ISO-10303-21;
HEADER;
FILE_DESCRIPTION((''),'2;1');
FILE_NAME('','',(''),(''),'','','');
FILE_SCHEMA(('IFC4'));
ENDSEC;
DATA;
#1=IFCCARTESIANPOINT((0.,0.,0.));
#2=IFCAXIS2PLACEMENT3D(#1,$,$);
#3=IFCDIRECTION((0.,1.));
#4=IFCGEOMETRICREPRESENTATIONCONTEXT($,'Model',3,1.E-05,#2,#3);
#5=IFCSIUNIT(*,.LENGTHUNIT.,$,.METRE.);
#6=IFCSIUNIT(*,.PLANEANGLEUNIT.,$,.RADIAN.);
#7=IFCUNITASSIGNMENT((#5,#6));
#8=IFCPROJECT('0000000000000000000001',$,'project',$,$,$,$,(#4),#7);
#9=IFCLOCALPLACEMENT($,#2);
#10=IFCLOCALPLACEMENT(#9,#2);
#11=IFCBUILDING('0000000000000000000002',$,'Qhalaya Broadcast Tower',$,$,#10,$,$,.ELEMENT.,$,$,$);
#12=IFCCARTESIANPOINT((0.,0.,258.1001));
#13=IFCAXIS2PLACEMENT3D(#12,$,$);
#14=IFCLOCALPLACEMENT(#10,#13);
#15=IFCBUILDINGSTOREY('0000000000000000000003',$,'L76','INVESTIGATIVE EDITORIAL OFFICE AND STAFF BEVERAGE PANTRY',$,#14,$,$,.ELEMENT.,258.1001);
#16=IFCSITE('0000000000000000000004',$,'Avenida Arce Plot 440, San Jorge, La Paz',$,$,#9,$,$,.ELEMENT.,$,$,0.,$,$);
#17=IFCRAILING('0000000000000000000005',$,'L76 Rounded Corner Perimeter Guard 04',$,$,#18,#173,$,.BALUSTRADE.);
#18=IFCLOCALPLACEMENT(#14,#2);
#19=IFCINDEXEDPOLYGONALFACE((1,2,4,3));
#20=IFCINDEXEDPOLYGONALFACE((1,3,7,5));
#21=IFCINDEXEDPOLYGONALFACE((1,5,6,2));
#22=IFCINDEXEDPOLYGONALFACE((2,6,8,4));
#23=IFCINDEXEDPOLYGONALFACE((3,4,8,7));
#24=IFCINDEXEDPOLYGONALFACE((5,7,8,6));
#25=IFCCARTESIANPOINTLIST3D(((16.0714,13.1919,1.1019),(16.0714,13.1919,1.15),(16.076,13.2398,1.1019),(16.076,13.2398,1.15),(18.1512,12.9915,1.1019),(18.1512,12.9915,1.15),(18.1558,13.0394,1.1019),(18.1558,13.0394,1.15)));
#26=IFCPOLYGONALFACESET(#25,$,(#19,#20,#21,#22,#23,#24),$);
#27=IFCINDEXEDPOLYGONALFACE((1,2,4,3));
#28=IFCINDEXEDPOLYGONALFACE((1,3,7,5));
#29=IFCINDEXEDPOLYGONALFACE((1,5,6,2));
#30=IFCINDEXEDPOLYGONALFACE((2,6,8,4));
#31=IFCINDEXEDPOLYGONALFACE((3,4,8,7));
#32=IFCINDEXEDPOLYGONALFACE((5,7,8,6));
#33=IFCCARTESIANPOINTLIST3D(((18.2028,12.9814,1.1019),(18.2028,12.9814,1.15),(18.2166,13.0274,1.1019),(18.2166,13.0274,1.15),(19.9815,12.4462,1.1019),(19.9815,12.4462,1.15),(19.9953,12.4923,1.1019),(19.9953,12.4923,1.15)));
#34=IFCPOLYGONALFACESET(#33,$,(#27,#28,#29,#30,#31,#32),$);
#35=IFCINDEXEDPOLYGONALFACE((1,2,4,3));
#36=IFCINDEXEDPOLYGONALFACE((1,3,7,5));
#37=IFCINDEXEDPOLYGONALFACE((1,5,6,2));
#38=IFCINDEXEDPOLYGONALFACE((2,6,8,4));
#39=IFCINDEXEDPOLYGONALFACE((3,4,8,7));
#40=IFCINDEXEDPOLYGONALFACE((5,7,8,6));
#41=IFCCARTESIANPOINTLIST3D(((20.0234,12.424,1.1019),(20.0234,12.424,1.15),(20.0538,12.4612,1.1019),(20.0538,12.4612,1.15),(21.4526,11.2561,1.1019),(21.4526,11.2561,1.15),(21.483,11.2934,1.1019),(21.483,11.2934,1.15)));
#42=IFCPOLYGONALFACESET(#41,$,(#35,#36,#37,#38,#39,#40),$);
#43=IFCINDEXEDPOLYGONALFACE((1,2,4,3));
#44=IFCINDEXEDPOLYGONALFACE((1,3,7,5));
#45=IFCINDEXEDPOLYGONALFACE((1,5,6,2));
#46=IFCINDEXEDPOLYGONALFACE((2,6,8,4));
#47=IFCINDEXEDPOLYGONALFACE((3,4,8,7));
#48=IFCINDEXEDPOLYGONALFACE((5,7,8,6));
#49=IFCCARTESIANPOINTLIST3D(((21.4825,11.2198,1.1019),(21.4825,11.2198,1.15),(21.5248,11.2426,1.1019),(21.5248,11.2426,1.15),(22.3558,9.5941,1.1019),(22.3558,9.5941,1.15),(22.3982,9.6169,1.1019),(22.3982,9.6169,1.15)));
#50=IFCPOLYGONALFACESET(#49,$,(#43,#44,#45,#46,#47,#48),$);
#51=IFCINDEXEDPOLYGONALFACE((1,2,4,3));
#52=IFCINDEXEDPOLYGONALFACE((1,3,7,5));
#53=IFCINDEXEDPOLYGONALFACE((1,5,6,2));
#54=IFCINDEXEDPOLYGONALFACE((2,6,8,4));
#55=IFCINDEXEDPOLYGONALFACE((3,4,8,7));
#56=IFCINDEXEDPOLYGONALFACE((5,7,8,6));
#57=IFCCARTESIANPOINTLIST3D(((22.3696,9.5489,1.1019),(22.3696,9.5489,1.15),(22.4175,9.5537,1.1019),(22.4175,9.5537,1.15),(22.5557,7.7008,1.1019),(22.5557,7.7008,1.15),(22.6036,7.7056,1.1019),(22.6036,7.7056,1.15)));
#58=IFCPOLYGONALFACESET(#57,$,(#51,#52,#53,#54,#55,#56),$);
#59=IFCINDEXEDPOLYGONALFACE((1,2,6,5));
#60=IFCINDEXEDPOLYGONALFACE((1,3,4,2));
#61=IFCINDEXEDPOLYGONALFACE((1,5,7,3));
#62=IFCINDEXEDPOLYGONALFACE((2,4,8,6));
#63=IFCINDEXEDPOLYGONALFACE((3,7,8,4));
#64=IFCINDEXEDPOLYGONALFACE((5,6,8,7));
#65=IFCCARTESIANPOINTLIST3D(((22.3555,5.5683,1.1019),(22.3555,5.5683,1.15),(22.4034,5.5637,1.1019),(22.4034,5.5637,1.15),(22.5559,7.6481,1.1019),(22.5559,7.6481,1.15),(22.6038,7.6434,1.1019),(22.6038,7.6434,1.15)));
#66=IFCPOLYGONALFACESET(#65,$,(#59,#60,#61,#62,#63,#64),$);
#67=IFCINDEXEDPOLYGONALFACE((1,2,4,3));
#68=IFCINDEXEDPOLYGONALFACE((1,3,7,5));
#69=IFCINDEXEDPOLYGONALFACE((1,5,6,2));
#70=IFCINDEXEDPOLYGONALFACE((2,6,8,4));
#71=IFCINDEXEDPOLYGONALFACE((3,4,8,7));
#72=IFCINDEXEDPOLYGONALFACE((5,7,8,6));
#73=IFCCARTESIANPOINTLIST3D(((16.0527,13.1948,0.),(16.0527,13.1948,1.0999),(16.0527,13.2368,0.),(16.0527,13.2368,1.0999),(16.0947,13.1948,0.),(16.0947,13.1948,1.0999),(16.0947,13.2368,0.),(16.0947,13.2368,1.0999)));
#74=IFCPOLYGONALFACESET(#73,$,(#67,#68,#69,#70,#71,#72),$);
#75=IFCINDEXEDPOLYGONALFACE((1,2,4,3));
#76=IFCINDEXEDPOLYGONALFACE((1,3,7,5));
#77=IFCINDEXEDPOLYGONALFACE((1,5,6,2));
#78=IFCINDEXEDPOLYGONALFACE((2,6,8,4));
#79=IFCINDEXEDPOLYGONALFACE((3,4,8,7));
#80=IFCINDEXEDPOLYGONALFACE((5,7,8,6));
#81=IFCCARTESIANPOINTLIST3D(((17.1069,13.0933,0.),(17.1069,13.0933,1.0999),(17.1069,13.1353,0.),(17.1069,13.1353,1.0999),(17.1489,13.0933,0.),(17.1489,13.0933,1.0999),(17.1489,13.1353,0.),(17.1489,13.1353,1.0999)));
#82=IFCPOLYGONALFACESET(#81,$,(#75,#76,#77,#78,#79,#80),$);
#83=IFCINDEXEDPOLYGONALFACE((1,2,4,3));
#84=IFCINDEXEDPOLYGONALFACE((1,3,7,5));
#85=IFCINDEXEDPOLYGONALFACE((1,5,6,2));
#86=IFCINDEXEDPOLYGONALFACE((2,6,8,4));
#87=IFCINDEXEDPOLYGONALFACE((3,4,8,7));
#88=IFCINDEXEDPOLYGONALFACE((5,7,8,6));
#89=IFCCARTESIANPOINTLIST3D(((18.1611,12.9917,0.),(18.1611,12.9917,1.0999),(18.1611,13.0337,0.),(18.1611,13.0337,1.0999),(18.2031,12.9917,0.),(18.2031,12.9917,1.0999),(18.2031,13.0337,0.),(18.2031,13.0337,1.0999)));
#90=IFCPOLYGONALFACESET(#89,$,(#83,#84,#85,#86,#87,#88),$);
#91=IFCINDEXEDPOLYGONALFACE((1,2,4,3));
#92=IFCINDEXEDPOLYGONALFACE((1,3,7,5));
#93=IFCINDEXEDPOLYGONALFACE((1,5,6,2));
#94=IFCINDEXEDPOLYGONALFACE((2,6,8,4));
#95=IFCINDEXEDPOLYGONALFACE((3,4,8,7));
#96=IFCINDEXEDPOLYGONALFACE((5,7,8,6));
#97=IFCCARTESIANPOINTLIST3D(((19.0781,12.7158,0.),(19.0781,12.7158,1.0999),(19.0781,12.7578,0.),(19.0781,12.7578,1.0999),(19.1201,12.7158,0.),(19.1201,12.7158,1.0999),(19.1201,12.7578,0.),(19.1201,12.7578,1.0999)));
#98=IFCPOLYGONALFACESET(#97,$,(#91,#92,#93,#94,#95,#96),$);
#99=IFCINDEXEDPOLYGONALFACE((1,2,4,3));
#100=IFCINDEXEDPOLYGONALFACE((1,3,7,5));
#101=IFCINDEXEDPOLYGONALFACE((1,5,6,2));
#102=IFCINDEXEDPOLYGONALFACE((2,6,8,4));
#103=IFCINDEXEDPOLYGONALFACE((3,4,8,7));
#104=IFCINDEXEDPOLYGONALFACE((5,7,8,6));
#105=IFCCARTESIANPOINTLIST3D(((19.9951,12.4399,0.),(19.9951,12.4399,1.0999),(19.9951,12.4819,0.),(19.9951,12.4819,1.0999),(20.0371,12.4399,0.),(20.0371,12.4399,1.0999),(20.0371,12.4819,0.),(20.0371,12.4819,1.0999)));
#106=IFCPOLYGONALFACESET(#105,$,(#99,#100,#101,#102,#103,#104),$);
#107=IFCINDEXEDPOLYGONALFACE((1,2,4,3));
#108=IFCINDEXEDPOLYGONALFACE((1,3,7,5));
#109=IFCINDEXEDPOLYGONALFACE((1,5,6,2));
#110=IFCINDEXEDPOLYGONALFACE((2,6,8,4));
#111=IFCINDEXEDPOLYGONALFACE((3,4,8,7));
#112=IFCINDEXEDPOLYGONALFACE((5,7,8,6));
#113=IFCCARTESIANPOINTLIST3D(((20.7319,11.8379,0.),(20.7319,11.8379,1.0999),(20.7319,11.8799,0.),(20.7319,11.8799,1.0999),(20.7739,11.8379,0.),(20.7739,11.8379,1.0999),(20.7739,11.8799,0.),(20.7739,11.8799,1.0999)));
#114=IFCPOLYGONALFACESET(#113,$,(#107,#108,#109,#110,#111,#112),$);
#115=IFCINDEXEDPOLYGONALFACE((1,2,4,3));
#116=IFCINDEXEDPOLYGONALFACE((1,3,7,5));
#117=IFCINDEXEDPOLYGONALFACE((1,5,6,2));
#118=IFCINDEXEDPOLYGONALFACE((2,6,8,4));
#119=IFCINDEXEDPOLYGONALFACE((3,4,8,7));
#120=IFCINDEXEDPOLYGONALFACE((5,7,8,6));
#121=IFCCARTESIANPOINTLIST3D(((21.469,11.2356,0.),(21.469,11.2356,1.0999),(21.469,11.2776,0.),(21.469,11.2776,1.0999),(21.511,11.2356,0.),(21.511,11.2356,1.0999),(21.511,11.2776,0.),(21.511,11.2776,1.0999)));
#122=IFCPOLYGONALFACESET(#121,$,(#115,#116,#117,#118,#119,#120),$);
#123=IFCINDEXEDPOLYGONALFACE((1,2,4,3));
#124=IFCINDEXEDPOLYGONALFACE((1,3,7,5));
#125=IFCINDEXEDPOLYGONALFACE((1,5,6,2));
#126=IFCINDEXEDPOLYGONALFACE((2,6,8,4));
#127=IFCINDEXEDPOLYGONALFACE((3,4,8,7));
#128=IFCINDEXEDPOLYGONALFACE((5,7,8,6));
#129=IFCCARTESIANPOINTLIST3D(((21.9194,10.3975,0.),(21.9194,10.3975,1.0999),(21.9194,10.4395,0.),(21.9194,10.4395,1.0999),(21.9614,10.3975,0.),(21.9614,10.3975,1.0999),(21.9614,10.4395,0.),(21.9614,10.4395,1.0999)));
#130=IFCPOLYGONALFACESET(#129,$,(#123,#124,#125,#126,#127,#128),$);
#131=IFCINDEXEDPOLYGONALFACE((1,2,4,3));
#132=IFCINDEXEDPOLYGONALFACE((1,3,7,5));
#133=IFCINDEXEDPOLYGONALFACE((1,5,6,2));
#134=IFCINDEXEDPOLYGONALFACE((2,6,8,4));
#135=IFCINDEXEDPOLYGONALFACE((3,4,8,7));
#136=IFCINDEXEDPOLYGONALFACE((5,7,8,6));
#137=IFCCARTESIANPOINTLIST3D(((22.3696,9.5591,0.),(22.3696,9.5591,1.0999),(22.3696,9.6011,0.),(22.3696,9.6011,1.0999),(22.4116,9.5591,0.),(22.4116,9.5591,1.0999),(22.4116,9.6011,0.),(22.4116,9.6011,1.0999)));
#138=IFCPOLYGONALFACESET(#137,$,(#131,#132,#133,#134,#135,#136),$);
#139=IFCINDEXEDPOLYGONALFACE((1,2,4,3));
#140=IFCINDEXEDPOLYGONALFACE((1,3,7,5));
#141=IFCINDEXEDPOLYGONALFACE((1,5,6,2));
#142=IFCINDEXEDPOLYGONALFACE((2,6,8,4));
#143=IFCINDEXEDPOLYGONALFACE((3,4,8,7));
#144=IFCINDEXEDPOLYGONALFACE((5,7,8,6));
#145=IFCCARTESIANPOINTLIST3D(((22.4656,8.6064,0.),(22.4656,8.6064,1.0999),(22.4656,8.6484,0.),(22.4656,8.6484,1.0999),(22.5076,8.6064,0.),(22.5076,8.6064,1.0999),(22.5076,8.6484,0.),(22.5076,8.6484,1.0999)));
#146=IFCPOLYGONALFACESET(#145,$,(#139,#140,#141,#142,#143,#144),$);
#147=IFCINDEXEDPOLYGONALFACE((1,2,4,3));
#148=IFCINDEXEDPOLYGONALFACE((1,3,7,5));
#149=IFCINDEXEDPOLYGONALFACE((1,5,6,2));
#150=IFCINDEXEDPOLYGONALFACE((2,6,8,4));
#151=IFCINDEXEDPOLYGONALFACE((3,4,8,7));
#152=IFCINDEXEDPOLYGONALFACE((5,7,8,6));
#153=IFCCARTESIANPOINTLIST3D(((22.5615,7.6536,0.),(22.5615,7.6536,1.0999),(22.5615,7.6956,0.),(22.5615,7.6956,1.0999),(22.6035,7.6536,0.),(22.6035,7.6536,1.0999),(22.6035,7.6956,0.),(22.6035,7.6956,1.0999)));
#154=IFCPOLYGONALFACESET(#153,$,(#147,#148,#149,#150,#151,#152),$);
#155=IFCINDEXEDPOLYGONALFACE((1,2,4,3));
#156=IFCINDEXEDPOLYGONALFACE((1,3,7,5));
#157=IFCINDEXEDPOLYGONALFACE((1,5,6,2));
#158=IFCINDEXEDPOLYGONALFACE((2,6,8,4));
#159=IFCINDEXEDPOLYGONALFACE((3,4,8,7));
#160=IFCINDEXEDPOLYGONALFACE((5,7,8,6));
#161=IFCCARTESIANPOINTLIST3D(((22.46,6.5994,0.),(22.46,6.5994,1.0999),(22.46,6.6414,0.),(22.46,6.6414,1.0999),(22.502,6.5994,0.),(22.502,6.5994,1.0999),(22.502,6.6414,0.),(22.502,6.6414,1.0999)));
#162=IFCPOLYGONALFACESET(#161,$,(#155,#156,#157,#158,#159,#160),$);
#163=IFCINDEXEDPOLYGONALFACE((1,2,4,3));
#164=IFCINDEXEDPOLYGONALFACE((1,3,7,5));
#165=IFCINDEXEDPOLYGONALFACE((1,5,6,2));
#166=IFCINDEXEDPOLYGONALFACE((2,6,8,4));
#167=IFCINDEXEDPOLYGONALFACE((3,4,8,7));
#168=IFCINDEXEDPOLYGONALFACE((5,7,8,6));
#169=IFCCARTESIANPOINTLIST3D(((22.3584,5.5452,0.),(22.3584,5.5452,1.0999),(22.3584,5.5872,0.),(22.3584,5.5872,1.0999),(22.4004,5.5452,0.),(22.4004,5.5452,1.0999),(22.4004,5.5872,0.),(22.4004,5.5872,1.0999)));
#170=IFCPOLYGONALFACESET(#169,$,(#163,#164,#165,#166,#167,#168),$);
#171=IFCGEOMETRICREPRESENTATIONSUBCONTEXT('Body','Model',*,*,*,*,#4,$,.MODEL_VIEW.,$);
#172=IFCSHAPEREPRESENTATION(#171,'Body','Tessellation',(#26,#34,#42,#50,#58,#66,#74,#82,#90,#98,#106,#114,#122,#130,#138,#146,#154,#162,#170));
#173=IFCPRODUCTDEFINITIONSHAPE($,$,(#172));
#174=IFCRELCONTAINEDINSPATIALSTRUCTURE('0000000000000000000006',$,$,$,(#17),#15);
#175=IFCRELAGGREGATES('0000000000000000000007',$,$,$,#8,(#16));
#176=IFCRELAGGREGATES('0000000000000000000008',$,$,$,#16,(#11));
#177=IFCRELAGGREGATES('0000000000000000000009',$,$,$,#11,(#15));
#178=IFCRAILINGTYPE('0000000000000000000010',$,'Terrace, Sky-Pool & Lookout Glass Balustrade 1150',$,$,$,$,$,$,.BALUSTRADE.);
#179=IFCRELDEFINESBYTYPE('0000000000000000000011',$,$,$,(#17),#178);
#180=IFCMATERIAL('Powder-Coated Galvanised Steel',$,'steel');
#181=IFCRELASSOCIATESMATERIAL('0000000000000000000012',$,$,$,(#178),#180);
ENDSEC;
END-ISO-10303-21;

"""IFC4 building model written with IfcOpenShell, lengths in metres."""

from ifc_helpers import new_model, si_unit, direction, frame, origin, origin_2d, place, context, subcontext, project, spatial, rectangle, extrude, material, type_object, element, save


model = new_model("IFC4")

# Units and contexts
model_context = context("Model", 3, precision=1e-05, world=origin(), true_north=direction((0.0, 1.0)))
body_context = subcontext(model_context, "Body", "Model", "MODEL_VIEW")
ifc_project = project(units=[si_unit("LENGTHUNIT", "METRE"), si_unit("PLANEANGLEUNIT", "RADIAN")], contexts=[model_context])

# Site, building, storey
site_placement = place(None, origin())
site = spatial("IfcSite", under=ifc_project, at=site_placement, Name="Avenida Arce Plot 440, San Jorge, La Paz", CompositionType="ELEMENT", RefElevation=0.0)
building_placement = place(site_placement, origin())
building = spatial("IfcBuilding", under=site, at=building_placement, Name="Qhalaya Broadcast Tower", CompositionType="ELEMENT")
storey_placement = place(building_placement, frame((0.0, 0.0, 258.1001)))
storey = spatial("IfcBuildingStorey", under=building, at=storey_placement, Name="L76", Description="INVESTIGATIVE EDITORIAL OFFICE AND STAFF BEVERAGE PANTRY", CompositionType="ELEMENT", Elevation=258.1001)

# Railing
ifc_material_1 = material(Name="Powder-Coated Galvanised Steel", Category="steel")
railing_type = type_object("IfcRailingType", Name="Terrace, Sky-Pool & Lookout Glass Balustrade 1150", PredefinedType="BALUSTRADE", material=ifc_material_1)
railing_placement = place(storey_placement, frame((16.0737, 13.2158, 0.0)))
element("IfcRailing", 1, at=railing_placement, inside=storey, type_object=railing_type, Name="L76 Rounded Corner Perimeter Guard 04", PredefinedType="BALUSTRADE", context=body_context, shape_type="SweptSolid", body=[
    extrude(rectangle(XDim=0.0481, YDim=0.0481, at=origin_2d()), frame((0.0, 0.0, 1.126), z_axis=(0.995391, -0.095897, 0.0), x_axis=(0.095897, 0.995391, 0.0)), (0.0, 0.0, 1.0), 2.0894),
    extrude(rectangle(XDim=0.0481, YDim=0.0481, at=origin_2d()), frame((2.136, -0.2114, 1.126), z_axis=(0.957601, -0.288096, 0.0), x_axis=(0.288096, 0.957601, 0.0)), (0.0, 0.0, 1.0), 1.8574),
    extrude(rectangle(XDim=0.0481, YDim=0.0481, at=origin_2d()), frame((3.9648, -0.7732, 1.126), z_axis=(0.774357, -0.632749, 0.0), x_axis=(0.632749, 0.774357, 0.0)), (0.0, 0.0, 1.0), 1.8457),
    extrude(rectangle(XDim=0.0481, YDim=0.0481, at=origin_2d()), frame((5.4299, -1.9846, 1.126), z_axis=(0.473243, -0.880932, 0.0), x_axis=(0.880932, 0.473243, 0.0)), (0.0, 0.0, 1.0), 1.8455),
    extrude(rectangle(XDim=0.0481, YDim=0.0481, at=origin_2d()), frame((6.3198, -3.6646, 1.126), z_axis=(0.100198, -0.994968, 0.0), x_axis=(0.994968, 0.100198, 0.0)), (0.0, 0.0, 1.0), 1.8574),
    extrude(rectangle(XDim=0.0481, YDim=0.0481, at=origin_2d()), frame((6.5061, -5.5701, 1.126), z_axis=(-0.095897, -0.995391, 0.0), x_axis=(0.995391, -0.095897, 0.0)), (0.0, 0.0, 1.0), 2.0894),
    extrude(rectangle(XDim=0.042, YDim=0.042, at=origin_2d()), origin(), (0.0, 0.0, 1.0), 1.0999),
    extrude(rectangle(XDim=0.042, YDim=0.042, at=origin_2d()), frame((1.0542, -0.1016, 0.0)), (0.0, 0.0, 1.0), 1.0999),
    extrude(rectangle(XDim=0.042, YDim=0.042, at=origin_2d()), frame((2.1084, -0.2031, 0.0)), (0.0, 0.0, 1.0), 1.0999),
    extrude(rectangle(XDim=0.042, YDim=0.042, at=origin_2d()), frame((3.0254, -0.479, 0.0)), (0.0, 0.0, 1.0), 1.0999),
    extrude(rectangle(XDim=0.042, YDim=0.042, at=origin_2d()), frame((3.9424, -0.7549, 0.0)), (0.0, 0.0, 1.0), 1.0999),
    extrude(rectangle(XDim=0.042, YDim=0.042, at=origin_2d()), frame((4.6792, -1.3569, 0.0)), (0.0, 0.0, 1.0), 1.0999),
    extrude(rectangle(XDim=0.042, YDim=0.042, at=origin_2d()), frame((5.4163, -1.9592, 0.0)), (0.0, 0.0, 1.0), 1.0999),
    extrude(rectangle(XDim=0.042, YDim=0.042, at=origin_2d()), frame((5.8667, -2.7974, 0.0)), (0.0, 0.0, 1.0), 1.0999),
    extrude(rectangle(XDim=0.042, YDim=0.042, at=origin_2d()), frame((6.3169, -3.6357, 0.0)), (0.0, 0.0, 1.0), 1.0999),
    extrude(rectangle(XDim=0.042, YDim=0.042, at=origin_2d()), frame((6.4128, -4.5884, 0.0)), (0.0, 0.0, 1.0), 1.0999),
    extrude(rectangle(XDim=0.042, YDim=0.042, at=origin_2d()), frame((6.5088, -5.5413, 0.0)), (0.0, 0.0, 1.0), 1.0999),
    extrude(rectangle(XDim=0.042, YDim=0.042, at=origin_2d()), frame((6.4072, -6.5955, 0.0)), (0.0, 0.0, 1.0), 1.0999),
    extrude(rectangle(XDim=0.042, YDim=0.042, at=origin_2d()), frame((6.3057, -7.6497, 0.0)), (0.0, 0.0, 1.0), 1.0999),
])

save(model, "model.ifc")
